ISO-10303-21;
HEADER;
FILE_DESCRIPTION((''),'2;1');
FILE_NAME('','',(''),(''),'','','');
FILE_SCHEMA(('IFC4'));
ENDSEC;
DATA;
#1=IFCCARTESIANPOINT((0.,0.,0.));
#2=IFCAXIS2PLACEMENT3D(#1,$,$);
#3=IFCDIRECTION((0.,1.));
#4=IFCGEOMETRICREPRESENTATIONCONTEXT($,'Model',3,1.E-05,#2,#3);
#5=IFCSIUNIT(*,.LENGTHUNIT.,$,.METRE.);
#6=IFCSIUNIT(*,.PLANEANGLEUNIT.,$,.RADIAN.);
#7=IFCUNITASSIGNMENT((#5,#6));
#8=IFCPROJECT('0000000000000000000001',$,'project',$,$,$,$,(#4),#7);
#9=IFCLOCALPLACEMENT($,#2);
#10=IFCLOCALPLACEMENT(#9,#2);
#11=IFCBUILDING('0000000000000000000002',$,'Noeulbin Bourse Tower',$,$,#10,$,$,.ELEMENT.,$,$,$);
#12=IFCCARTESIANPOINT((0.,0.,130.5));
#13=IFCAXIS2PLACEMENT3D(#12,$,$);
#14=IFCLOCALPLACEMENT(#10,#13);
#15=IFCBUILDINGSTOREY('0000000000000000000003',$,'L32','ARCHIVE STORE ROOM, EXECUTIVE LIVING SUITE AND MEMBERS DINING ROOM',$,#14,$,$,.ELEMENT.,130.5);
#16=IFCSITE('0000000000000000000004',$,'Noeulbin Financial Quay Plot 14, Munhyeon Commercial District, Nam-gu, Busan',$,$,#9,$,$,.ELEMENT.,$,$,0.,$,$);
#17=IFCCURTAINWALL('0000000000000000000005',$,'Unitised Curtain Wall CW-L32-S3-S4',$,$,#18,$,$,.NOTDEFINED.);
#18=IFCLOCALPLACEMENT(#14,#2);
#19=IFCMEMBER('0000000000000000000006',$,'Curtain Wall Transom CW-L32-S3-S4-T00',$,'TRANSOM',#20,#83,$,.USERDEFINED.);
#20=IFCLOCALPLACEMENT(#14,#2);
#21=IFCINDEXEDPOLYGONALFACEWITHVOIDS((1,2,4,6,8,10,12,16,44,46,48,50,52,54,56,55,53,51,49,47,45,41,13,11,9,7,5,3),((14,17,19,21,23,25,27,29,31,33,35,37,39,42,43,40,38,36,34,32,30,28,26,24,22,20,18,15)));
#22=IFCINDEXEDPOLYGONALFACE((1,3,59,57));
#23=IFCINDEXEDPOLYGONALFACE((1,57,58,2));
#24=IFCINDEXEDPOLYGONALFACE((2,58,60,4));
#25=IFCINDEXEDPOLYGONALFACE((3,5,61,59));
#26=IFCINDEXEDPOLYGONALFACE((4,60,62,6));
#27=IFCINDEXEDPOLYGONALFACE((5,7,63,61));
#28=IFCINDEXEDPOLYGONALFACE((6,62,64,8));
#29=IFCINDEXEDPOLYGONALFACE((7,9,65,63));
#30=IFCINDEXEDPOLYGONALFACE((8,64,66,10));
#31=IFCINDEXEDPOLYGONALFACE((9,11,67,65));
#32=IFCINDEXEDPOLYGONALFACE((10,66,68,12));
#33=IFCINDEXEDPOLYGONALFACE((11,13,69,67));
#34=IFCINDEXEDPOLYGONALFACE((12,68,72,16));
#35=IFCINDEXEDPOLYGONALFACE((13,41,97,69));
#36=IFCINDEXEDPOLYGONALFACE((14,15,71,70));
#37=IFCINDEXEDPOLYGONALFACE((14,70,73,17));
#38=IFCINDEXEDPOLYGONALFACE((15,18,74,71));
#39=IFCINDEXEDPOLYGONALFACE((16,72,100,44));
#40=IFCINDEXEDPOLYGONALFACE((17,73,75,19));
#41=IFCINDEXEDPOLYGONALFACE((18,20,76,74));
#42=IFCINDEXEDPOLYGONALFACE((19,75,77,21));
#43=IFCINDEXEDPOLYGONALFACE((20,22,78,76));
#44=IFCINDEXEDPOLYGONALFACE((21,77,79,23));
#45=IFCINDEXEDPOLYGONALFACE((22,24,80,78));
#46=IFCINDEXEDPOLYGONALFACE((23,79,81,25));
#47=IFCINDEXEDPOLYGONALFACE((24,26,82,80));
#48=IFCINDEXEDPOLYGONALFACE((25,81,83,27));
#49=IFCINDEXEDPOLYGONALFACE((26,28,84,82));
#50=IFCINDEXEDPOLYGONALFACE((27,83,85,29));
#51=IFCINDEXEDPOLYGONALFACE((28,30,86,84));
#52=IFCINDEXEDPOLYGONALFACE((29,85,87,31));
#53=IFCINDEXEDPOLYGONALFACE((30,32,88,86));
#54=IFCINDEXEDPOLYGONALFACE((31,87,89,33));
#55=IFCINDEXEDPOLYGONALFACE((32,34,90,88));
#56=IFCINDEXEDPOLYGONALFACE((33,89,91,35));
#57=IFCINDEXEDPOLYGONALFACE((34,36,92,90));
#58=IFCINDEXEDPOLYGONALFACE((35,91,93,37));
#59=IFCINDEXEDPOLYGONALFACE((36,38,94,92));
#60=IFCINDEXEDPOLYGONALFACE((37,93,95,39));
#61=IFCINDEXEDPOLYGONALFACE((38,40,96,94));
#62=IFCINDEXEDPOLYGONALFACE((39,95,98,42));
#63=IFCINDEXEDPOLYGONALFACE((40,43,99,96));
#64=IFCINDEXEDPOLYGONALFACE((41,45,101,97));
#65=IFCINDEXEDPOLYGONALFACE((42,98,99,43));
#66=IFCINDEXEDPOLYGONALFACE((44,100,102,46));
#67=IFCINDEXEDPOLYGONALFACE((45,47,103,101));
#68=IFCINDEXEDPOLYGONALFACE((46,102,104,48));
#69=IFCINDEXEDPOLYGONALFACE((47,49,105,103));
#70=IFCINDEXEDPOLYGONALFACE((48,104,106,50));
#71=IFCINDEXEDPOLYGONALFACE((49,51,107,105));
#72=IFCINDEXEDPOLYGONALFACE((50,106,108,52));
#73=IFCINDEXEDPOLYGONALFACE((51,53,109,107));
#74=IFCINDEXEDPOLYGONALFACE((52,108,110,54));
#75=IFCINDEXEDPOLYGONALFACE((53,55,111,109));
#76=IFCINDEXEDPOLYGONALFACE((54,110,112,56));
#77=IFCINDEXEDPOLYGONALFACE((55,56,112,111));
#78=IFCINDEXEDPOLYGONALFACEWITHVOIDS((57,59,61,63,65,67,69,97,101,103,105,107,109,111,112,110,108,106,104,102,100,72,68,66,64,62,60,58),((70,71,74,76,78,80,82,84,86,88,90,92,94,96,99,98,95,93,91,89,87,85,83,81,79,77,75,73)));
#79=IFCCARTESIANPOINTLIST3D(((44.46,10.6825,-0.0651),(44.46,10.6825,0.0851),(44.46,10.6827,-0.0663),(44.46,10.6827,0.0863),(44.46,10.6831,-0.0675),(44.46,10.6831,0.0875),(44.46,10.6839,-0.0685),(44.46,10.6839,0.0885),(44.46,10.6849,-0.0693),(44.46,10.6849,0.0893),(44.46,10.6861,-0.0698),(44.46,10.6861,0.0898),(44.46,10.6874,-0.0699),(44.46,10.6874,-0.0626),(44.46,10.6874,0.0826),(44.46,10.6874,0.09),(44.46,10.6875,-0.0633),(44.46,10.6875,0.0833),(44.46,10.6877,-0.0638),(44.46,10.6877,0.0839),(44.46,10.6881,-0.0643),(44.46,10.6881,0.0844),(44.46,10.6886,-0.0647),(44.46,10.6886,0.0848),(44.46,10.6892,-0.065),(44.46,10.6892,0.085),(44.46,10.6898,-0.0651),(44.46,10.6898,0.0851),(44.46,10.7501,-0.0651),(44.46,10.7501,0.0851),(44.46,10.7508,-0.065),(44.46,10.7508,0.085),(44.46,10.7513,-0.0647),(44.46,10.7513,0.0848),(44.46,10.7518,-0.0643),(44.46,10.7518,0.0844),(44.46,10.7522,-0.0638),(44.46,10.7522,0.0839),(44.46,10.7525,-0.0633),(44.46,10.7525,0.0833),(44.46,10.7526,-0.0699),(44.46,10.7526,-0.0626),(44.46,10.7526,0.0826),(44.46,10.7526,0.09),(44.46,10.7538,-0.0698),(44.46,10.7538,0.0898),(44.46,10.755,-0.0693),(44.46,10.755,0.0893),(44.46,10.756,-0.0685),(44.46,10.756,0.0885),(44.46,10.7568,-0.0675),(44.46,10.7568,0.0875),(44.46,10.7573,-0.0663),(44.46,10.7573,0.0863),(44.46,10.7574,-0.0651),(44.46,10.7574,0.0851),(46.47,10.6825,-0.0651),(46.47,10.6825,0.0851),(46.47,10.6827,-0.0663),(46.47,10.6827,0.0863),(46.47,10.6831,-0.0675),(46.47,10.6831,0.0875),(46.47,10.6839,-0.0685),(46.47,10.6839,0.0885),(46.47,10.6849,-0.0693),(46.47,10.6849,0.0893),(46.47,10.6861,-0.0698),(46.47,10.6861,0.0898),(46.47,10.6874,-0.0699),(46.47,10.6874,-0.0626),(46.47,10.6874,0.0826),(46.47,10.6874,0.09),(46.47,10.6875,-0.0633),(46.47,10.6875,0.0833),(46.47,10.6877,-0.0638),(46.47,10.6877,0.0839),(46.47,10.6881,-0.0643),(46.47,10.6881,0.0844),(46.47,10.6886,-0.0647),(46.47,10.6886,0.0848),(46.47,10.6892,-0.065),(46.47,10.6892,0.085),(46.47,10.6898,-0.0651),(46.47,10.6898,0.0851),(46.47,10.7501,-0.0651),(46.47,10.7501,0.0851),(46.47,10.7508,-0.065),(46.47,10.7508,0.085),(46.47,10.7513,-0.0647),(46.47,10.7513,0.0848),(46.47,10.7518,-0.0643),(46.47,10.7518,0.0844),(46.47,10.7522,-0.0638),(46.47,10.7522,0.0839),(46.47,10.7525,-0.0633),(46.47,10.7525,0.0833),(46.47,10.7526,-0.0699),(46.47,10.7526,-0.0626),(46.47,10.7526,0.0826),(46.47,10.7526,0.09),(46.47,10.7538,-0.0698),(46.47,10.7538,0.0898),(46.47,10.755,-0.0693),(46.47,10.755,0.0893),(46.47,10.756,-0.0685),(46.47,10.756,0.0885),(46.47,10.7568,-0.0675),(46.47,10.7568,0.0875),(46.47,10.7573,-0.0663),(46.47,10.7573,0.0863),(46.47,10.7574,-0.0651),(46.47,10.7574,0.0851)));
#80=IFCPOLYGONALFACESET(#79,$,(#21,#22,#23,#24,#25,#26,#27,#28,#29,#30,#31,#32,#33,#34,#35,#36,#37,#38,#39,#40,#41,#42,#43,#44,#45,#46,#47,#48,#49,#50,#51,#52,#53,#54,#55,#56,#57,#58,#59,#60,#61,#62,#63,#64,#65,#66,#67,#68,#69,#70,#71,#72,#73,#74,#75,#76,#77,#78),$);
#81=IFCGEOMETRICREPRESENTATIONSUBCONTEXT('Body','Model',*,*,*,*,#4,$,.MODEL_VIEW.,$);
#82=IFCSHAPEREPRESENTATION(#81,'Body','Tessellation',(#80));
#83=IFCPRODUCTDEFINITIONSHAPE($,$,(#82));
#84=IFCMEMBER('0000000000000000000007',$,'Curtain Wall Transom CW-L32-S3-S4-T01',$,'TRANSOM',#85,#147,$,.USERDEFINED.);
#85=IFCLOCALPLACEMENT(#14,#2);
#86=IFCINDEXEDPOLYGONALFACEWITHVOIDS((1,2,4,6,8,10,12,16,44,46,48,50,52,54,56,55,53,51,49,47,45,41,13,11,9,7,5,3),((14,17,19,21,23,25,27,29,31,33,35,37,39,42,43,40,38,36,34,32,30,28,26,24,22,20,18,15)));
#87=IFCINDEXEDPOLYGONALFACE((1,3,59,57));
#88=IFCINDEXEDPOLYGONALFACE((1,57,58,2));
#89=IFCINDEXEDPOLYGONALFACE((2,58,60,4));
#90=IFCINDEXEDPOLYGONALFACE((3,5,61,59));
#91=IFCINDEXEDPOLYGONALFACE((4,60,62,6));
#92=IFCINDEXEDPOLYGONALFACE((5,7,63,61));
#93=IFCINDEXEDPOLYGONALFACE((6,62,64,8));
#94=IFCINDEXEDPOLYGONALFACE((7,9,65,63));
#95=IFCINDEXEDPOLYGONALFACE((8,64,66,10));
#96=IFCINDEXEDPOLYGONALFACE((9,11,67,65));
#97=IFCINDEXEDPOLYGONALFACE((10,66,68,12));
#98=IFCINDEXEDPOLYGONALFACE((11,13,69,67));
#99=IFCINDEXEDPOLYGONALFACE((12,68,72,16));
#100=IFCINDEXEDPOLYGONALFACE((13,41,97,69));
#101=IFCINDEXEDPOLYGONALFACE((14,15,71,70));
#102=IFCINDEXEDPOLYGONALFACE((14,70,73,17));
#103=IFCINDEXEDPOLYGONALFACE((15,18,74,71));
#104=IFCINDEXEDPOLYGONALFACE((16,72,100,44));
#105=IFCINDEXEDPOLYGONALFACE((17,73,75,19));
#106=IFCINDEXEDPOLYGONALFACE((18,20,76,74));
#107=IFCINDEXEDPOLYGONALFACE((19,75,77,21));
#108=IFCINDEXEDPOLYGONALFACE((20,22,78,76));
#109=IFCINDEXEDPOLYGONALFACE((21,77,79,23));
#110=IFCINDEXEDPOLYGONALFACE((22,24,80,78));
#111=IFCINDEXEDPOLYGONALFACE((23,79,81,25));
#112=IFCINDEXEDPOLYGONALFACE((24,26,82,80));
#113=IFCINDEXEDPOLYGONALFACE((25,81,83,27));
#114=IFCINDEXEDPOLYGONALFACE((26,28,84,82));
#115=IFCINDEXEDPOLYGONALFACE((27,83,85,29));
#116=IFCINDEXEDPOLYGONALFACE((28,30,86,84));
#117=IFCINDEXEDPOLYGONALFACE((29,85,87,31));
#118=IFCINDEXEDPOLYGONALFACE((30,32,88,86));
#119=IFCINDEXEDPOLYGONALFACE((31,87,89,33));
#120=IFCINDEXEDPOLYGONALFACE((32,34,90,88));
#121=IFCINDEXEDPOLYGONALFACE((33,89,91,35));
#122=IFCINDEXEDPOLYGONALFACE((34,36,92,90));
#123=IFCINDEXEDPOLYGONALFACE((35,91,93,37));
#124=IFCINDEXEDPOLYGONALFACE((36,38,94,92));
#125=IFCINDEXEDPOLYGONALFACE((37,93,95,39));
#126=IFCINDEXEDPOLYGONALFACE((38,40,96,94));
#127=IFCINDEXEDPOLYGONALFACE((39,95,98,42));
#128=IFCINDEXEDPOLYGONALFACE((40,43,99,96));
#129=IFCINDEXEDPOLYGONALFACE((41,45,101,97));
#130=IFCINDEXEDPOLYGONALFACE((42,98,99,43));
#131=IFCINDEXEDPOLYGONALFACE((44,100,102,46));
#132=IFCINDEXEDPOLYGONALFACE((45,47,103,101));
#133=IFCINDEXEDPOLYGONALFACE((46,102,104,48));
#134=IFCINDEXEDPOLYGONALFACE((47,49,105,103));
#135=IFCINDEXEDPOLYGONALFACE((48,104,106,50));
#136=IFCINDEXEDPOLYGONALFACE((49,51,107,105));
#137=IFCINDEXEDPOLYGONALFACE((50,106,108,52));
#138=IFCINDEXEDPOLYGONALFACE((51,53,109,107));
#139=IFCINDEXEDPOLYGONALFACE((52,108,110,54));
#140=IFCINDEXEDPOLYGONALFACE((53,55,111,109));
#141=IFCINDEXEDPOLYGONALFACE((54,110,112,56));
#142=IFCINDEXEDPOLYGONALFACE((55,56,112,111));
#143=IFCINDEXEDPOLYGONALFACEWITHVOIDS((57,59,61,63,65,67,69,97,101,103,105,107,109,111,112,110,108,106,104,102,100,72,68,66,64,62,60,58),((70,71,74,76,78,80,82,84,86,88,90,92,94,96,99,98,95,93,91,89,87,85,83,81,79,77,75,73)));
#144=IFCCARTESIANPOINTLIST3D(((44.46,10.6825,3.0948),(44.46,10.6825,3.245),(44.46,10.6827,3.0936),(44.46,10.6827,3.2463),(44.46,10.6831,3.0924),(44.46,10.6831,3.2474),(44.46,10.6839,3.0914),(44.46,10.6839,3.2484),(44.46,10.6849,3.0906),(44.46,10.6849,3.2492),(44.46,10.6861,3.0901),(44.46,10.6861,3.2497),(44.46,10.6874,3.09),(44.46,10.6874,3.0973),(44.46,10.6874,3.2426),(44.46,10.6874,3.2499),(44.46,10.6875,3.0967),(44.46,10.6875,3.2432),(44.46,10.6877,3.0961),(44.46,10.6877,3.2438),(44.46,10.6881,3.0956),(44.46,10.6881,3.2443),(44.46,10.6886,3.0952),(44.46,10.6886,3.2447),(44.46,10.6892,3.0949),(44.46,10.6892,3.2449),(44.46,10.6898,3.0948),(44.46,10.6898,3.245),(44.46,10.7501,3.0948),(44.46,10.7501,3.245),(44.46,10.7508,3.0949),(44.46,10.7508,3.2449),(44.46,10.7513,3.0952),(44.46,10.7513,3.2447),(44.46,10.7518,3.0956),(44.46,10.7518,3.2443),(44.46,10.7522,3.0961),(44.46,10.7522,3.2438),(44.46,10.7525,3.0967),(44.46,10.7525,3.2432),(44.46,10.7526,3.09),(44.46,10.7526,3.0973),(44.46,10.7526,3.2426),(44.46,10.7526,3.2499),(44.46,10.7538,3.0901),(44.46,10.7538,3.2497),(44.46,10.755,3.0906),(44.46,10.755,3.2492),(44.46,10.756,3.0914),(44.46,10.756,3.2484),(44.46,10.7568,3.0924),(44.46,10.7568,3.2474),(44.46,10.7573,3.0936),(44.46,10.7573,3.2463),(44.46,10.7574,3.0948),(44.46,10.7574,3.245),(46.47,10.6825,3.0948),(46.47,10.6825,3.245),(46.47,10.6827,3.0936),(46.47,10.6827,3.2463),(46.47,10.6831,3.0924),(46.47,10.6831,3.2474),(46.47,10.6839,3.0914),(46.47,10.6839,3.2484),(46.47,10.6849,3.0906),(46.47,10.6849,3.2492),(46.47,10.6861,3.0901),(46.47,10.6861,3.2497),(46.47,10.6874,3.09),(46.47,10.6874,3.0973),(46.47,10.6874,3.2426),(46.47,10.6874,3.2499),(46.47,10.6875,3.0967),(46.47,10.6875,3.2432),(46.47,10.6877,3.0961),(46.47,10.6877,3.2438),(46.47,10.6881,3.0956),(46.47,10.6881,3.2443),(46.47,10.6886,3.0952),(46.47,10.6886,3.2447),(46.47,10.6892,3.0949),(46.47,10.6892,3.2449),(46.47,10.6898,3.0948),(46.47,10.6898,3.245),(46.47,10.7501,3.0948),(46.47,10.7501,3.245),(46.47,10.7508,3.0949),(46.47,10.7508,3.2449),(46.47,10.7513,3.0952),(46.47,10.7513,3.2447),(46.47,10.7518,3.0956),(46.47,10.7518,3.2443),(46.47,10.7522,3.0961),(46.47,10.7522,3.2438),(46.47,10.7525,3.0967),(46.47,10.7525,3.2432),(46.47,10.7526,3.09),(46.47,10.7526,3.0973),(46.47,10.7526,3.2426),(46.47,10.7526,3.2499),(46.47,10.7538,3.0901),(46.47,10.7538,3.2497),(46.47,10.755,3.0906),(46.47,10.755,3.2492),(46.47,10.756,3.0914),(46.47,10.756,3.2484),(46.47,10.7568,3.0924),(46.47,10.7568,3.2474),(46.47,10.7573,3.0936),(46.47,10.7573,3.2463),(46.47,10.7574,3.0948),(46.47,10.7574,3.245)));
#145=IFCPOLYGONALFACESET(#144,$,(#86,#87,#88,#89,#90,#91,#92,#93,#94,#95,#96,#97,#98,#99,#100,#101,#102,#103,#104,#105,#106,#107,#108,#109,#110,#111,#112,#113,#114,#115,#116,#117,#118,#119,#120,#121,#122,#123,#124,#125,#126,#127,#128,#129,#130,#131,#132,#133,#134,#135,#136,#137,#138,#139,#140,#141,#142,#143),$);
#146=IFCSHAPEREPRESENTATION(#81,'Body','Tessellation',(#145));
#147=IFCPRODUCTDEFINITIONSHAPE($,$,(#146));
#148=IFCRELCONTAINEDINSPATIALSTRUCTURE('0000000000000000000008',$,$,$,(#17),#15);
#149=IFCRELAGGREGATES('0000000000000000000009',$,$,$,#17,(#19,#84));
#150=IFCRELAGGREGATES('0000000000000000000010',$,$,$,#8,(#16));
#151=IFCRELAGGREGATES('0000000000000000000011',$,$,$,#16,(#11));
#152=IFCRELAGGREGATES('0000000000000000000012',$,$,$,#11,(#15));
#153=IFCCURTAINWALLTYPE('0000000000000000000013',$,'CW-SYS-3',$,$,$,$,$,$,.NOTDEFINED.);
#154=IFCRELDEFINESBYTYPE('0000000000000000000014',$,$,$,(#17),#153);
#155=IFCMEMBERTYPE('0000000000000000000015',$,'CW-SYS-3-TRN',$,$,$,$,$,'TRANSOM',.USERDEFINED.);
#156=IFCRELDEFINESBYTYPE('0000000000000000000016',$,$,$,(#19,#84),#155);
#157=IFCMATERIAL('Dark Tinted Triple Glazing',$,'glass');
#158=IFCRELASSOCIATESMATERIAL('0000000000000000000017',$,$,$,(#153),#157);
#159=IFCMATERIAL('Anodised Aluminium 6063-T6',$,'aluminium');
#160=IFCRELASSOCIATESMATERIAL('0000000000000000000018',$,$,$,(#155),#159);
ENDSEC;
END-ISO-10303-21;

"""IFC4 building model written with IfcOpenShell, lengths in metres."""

from ifc_helpers import new_model, si_unit, direction, frame, origin, origin_2d, place, context, subcontext, project, spatial, hollow_rectangle, extrude, material, material_profile, profile_set, type_object, element, aggregate, save


model = new_model("IFC4")

# Units and contexts
model_context = context("Model", 3, precision=1e-05, world=origin(), true_north=direction((0.0, 1.0)))
body_context = subcontext(model_context, "Body", "Model", "MODEL_VIEW")
ifc_project = project(units=[si_unit("LENGTHUNIT", "METRE"), si_unit("PLANEANGLEUNIT", "RADIAN")], contexts=[model_context])

# Site, building, storey
site_placement = place(None, origin())
site = spatial("IfcSite", under=ifc_project, at=site_placement, Name="Noeulbin Financial Quay Plot 14, Munhyeon Commercial District, Nam-gu, Busan", CompositionType="ELEMENT", RefElevation=0.0)
building_placement = place(site_placement, origin())
building = spatial("IfcBuilding", under=site, at=building_placement, Name="Noeulbin Bourse Tower", CompositionType="ELEMENT")
storey_placement = place(building_placement, frame((0.0, 0.0, 130.5)))
storey = spatial("IfcBuildingStorey", under=building, at=storey_placement, Name="L32", Description="ARCHIVE STORE ROOM, EXECUTIVE LIVING SUITE AND MEMBERS DINING ROOM", CompositionType="ELEMENT", Elevation=130.5)

# Curtain wall
ifc_material_1 = material(Name="Dark Tinted Triple Glazing", Category="glass")
curtain_wall_type = type_object("IfcCurtainWallType", Name="CW-SYS-3", PredefinedType="NOTDEFINED", material=ifc_material_1)
curtain_wall_1_placement = place(storey_placement, origin())
curtain_wall_1 = element("IfcCurtainWall", 1, at=curtain_wall_1_placement, inside=storey, type_object=curtain_wall_type, Name="Unitised Curtain Wall CW-L32-S3-S4", PredefinedType="NOTDEFINED")
ifc_material_2 = material(Name="Anodised Aluminium 6063-T6", Category="aluminium")

# Members
ifc_material_profile_1 = material_profile(ifc_material_2, hollow_rectangle(XDim=0.075, YDim=0.1599, WallThickness=0.0049, InnerFilletRadius=0.0024, OuterFilletRadius=0.0049, at=origin_2d()), Name="ALU-TRAN-75x160x5", Category="LoadBearing")
ifc_profile_set_1 = profile_set([ifc_material_profile_1], Name="Anodised Aluminium 6063-T6")
member_type_1 = type_object("IfcMemberType", Name="CW-SYS-3-TRN", ElementType="TRANSOM", PredefinedType="USERDEFINED", material=ifc_profile_set_1)
member_1_placement = place(storey_placement, frame((44.46, 10.72, 0.01), z_axis=(1.0, 0.0, 0.0), x_axis=(0.0, 1.0, 0.0)))
member_1 = element("IfcMember", 2, at=member_1_placement, type_object=member_type_1, Name="Curtain Wall Transom CW-L32-S3-S4-T00", ObjectType="TRANSOM", PredefinedType="USERDEFINED", context=body_context, shape_type="SweptSolid", body=[
    extrude(hollow_rectangle(XDim=0.075, YDim=0.1599, WallThickness=0.0049, InnerFilletRadius=0.0024, OuterFilletRadius=0.0049, at=origin_2d()), origin(), (0.0, 0.0, 1.0), 2.01),
])
member_2_placement = place(storey_placement, frame((44.46, 10.72, 3.1699), z_axis=(1.0, 0.0, 0.0), x_axis=(0.0, 1.0, 0.0)))
member_2 = element("IfcMember", 3, at=member_2_placement, type_object=member_type_1, Name="Curtain Wall Transom CW-L32-S3-S4-T01", ObjectType="TRANSOM", PredefinedType="USERDEFINED", context=body_context, shape_type="SweptSolid", body=[
    extrude(hollow_rectangle(XDim=0.075, YDim=0.1599, WallThickness=0.0049, InnerFilletRadius=0.0024, OuterFilletRadius=0.0049, at=origin_2d()), origin(), (0.0, 0.0, 1.0), 2.01),
])

aggregate(curtain_wall_1, [member_1, member_2])

save(model, "model.ifc")
